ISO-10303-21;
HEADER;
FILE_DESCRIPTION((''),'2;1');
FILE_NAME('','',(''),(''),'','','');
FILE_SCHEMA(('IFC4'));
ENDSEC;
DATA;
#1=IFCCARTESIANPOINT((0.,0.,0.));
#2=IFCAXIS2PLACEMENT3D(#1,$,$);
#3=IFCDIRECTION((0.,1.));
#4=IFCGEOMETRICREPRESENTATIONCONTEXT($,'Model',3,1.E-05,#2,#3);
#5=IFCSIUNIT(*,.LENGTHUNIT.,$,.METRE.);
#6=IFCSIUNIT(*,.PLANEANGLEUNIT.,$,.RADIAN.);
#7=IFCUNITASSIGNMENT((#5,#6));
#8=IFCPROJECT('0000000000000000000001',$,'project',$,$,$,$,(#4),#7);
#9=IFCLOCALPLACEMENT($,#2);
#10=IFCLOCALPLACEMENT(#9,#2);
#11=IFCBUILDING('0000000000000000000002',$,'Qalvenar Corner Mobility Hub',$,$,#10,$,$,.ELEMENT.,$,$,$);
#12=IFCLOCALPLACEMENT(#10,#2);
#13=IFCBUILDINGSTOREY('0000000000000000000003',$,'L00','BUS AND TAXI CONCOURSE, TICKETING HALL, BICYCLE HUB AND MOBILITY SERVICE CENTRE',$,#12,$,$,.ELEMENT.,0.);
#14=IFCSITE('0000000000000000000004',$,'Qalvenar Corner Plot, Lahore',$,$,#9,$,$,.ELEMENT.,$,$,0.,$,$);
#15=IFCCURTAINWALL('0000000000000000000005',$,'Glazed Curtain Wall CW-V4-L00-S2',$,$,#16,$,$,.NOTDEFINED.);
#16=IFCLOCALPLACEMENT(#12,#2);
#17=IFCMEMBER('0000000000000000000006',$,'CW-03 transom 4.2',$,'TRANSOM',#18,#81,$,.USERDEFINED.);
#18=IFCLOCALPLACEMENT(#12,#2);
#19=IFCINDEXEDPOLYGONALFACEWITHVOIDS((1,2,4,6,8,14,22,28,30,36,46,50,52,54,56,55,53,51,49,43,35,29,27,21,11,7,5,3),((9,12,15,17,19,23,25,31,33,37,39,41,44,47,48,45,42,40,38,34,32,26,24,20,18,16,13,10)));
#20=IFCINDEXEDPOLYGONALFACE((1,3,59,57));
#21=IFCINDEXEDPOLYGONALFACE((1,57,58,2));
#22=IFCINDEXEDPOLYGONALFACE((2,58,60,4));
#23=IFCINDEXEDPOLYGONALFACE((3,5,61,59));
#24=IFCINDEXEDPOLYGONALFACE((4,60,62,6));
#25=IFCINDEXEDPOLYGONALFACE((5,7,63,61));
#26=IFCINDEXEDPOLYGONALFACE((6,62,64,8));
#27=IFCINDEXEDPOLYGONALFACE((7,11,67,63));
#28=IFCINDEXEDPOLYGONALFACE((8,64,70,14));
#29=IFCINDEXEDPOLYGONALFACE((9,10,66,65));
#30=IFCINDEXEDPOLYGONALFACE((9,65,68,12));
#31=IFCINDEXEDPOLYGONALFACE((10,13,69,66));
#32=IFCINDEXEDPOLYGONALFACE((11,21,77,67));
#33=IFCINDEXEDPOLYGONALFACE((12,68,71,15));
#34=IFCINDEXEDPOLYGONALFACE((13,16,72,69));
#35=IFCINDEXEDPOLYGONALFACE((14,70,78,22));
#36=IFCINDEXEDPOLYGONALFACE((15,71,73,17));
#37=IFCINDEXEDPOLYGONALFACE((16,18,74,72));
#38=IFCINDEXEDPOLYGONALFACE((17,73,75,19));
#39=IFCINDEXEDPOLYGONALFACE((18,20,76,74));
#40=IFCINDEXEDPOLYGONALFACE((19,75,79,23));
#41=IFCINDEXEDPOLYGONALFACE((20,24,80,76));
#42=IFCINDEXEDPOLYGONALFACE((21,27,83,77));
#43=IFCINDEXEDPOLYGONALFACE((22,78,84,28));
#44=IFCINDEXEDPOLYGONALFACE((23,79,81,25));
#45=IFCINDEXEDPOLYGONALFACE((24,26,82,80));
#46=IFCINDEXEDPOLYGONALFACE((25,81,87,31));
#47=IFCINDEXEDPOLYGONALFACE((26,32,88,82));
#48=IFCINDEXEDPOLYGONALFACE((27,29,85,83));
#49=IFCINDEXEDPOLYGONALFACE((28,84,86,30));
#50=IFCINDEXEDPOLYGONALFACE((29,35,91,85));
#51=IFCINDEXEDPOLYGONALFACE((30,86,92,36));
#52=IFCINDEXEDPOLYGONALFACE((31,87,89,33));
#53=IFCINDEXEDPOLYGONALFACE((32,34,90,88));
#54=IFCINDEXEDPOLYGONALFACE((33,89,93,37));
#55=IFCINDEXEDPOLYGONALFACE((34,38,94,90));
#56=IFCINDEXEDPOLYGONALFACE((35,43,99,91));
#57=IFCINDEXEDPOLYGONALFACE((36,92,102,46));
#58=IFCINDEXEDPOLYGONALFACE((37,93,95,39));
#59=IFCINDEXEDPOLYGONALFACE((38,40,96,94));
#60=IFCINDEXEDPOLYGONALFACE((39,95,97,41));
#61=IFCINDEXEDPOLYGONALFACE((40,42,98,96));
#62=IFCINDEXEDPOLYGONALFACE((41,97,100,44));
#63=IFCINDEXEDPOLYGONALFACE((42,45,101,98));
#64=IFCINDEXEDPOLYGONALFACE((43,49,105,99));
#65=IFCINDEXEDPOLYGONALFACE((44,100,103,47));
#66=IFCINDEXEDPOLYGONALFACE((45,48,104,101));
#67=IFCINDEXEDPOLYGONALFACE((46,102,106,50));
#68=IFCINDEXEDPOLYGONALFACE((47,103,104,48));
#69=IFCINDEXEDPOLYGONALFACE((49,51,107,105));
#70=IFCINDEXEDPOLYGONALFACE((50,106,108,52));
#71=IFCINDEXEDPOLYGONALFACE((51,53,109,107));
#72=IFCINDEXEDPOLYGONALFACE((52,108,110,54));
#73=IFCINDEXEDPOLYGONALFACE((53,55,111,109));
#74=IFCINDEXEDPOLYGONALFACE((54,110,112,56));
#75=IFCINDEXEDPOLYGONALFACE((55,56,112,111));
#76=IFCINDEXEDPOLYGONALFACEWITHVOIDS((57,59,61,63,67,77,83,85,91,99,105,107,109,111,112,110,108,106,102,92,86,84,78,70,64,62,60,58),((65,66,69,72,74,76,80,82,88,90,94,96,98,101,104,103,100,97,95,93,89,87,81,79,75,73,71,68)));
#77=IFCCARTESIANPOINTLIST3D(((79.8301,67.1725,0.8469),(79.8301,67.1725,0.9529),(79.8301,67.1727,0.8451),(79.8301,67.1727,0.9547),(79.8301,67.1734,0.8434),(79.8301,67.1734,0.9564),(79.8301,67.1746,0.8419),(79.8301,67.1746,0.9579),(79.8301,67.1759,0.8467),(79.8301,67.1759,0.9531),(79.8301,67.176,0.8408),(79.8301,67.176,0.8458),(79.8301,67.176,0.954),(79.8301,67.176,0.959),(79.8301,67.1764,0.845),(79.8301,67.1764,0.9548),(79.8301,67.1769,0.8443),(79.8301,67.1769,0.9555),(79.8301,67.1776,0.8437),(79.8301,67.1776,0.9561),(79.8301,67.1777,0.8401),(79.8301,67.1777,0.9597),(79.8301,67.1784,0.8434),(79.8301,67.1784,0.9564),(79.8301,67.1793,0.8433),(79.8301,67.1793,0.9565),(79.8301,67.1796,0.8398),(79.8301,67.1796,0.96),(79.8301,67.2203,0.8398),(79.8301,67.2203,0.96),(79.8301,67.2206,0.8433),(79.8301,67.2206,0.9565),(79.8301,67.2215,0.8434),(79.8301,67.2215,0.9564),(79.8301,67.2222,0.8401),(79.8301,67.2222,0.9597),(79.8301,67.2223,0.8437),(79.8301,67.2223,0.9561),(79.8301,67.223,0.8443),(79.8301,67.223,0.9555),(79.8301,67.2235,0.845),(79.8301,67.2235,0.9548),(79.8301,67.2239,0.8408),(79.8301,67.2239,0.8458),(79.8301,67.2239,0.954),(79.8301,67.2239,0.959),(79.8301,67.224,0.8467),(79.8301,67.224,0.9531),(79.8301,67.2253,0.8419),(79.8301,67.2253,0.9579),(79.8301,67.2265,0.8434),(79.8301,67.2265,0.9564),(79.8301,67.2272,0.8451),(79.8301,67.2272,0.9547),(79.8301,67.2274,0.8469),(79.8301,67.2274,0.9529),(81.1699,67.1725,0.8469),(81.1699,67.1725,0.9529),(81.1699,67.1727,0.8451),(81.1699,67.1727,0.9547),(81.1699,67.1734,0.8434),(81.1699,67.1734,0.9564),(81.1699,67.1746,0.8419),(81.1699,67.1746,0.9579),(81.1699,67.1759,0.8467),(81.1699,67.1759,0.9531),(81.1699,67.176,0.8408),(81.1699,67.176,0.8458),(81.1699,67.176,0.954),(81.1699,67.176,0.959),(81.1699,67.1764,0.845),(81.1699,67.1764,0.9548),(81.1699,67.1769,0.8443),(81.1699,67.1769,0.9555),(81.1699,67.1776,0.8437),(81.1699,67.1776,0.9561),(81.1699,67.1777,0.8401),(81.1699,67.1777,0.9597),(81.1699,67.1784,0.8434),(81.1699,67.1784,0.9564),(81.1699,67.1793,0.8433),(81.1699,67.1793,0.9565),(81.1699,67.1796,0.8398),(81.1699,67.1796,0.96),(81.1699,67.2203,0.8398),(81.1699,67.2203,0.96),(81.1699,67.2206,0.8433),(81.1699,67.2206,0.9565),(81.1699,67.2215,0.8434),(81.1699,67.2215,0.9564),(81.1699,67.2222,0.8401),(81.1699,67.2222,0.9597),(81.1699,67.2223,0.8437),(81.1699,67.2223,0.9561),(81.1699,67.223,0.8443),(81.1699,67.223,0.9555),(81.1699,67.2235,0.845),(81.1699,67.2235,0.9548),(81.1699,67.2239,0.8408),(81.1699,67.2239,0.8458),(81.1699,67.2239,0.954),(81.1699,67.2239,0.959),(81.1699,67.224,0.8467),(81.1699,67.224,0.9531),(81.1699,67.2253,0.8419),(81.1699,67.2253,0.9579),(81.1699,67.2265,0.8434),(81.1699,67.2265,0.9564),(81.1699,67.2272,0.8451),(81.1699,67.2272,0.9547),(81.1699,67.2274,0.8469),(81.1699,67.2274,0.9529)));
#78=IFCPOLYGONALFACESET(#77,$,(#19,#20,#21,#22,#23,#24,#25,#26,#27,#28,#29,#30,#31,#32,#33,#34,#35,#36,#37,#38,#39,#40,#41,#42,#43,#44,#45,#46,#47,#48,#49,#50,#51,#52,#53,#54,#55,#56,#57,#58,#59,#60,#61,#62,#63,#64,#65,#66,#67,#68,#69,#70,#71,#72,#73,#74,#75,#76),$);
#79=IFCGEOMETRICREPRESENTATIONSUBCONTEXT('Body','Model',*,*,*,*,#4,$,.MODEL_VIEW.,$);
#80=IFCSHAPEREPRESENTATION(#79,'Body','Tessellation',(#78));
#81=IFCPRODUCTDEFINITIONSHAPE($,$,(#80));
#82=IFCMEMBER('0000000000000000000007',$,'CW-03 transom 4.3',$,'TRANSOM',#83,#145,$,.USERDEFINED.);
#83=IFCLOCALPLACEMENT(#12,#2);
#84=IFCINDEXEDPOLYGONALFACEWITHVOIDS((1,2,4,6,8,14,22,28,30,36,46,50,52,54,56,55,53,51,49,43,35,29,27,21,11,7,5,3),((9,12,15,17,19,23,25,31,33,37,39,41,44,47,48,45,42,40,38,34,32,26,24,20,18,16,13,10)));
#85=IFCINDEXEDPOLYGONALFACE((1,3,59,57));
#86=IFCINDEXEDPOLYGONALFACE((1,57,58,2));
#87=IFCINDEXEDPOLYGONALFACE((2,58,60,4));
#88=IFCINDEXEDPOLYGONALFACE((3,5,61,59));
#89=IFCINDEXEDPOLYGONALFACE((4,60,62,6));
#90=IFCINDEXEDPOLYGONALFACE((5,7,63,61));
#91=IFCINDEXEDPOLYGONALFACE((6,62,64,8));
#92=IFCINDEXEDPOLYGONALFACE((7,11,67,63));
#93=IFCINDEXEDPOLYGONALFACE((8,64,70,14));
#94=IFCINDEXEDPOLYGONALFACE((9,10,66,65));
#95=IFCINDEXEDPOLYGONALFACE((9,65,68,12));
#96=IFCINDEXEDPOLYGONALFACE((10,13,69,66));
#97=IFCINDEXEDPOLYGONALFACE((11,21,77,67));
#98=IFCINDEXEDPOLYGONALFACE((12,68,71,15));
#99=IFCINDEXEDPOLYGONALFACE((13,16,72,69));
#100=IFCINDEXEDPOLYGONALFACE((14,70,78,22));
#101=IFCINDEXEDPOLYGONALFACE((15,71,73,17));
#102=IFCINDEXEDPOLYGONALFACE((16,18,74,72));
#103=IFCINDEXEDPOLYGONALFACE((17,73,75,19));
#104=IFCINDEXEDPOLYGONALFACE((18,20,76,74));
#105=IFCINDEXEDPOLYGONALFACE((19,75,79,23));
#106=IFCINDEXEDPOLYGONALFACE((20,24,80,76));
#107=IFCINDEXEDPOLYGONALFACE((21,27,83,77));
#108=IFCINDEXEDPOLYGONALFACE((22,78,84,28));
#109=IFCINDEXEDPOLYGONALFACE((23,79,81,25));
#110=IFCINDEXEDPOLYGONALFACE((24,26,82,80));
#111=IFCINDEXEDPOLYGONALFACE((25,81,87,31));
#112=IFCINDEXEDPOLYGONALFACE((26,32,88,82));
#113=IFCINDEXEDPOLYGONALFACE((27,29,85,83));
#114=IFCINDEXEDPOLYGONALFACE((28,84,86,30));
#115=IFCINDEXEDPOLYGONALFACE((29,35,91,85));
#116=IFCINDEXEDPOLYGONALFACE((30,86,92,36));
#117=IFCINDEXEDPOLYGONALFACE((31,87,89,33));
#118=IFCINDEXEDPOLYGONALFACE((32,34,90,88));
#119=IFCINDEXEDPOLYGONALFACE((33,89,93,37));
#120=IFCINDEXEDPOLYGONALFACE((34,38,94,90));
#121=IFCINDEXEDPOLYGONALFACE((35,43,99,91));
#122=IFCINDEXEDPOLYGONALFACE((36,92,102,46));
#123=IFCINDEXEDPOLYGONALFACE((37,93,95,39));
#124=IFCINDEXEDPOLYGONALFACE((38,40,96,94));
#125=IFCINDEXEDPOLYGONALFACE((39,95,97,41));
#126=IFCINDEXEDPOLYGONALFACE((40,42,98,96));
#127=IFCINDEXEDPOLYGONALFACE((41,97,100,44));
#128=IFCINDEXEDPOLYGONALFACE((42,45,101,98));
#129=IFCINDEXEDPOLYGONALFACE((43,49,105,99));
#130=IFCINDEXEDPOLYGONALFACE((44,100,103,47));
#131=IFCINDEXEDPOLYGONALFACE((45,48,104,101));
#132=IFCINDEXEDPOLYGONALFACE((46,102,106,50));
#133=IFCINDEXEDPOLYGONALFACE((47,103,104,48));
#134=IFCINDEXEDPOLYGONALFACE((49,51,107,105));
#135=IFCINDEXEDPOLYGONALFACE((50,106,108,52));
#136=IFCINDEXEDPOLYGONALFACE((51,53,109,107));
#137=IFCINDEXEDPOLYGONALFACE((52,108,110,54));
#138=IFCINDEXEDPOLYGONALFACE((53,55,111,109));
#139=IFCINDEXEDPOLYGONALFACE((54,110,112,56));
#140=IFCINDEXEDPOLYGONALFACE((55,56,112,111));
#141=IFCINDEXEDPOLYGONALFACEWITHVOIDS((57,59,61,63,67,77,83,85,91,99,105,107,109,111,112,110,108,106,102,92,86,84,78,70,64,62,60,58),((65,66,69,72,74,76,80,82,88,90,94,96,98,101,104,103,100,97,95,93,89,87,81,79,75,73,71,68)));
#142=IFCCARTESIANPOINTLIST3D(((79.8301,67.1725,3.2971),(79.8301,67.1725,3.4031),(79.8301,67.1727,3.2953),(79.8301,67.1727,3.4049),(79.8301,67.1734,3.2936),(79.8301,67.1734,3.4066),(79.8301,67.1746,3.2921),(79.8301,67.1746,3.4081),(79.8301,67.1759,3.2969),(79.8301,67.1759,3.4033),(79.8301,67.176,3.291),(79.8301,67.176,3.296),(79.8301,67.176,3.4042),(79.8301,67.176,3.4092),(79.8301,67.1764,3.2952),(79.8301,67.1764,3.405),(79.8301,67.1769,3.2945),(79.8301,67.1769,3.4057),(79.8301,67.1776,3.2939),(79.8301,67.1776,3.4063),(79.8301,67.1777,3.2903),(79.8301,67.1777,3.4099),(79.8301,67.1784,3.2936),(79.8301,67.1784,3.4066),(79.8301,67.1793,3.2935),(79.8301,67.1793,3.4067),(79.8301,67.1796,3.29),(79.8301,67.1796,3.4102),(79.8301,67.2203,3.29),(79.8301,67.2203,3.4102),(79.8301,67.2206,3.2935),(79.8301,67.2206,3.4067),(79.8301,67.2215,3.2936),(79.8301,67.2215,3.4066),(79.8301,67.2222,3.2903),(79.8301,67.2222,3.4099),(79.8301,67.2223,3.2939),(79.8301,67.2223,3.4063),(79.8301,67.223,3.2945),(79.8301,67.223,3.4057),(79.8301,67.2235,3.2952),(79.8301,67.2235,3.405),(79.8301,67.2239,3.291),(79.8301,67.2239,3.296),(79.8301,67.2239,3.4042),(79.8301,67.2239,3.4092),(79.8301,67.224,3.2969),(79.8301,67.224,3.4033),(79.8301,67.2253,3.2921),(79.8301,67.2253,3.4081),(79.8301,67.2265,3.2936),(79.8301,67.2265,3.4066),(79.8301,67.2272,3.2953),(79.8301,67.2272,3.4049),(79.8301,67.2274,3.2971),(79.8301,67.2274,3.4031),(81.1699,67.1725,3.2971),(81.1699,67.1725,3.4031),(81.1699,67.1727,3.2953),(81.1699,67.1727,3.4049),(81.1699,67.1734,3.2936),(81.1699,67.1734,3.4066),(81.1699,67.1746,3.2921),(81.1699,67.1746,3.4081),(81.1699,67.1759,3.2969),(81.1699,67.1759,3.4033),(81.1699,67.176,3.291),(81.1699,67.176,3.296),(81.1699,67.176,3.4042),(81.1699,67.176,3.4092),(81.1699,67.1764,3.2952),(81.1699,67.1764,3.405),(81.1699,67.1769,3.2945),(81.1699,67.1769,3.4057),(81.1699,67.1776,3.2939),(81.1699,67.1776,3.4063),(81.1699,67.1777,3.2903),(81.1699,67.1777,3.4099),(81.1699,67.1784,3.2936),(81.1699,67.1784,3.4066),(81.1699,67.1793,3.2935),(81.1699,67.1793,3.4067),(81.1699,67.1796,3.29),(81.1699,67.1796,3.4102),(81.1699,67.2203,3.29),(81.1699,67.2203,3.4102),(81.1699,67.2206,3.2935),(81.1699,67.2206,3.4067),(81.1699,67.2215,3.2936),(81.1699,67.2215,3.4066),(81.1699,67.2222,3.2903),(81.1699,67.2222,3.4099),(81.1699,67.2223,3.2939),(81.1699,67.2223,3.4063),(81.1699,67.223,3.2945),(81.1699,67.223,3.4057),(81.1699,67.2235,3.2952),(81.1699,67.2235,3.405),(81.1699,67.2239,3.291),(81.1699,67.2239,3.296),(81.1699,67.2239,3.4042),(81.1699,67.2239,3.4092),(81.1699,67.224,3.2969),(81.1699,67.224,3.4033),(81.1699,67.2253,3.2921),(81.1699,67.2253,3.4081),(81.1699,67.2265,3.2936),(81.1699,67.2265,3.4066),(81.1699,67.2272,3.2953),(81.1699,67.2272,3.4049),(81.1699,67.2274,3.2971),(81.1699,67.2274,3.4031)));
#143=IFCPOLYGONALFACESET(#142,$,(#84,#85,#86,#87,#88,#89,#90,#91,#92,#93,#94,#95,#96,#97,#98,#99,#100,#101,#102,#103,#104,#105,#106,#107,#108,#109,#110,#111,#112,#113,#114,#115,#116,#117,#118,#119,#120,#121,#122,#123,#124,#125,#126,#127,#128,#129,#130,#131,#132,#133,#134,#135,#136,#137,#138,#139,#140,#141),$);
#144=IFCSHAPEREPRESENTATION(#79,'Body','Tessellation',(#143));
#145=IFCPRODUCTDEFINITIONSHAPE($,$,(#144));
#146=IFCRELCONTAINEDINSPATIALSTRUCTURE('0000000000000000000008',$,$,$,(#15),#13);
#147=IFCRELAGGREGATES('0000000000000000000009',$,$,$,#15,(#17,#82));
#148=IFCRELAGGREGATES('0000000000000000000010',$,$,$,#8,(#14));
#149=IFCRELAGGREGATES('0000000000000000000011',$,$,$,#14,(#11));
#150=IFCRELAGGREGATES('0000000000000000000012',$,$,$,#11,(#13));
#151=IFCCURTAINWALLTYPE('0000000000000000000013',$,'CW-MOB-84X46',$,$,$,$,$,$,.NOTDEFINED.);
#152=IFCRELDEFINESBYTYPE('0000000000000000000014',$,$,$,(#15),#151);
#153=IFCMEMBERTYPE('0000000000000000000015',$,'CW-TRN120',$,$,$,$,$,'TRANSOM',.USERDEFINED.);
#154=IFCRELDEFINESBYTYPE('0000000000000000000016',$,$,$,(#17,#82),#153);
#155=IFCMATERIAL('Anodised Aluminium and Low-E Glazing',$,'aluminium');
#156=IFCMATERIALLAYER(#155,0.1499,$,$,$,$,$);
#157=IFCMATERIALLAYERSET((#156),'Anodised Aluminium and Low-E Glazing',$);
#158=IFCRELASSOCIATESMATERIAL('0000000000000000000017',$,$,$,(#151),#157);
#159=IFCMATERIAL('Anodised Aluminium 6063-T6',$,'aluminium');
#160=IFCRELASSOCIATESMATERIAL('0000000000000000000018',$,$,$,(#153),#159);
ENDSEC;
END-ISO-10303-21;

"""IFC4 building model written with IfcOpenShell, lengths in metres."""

from ifc_helpers import new_model, si_unit, direction, frame, origin, origin_2d, place, context, subcontext, project, spatial, hollow_rectangle, extrude, material, layer, layer_set, material_profile, profile_set, type_object, element, aggregate, save


model = new_model("IFC4")

# Units and contexts
model_context = context("Model", 3, precision=1e-05, world=origin(), true_north=direction((0.0, 1.0)))
body_context = subcontext(model_context, "Body", "Model", "MODEL_VIEW")
ifc_project = project(units=[si_unit("LENGTHUNIT", "METRE"), si_unit("PLANEANGLEUNIT", "RADIAN")], contexts=[model_context])

# Site, building, storey
site_placement = place(None, origin())
site = spatial("IfcSite", under=ifc_project, at=site_placement, Name="Qalvenar Corner Plot, Lahore", CompositionType="ELEMENT", RefElevation=0.0)
building_placement = place(site_placement, origin())
building = spatial("IfcBuilding", under=site, at=building_placement, Name="Qalvenar Corner Mobility Hub", CompositionType="ELEMENT")
storey_placement = place(building_placement, origin())
storey = spatial("IfcBuildingStorey", under=building, at=storey_placement, Name="L00", Description="BUS AND TAXI CONCOURSE, TICKETING HALL, BICYCLE HUB AND MOBILITY SERVICE CENTRE", CompositionType="ELEMENT", Elevation=0.0)

# Curtain wall, members
ifc_material_1 = material(Name="Anodised Aluminium and Low-E Glazing", Category="aluminium")
ifc_layer_1 = layer(ifc_material_1, 0.1499)
ifc_layer_set_1 = layer_set([ifc_layer_1], Name="Anodised Aluminium and Low-E Glazing")
curtain_wall_type = type_object("IfcCurtainWallType", Name="CW-MOB-84X46", PredefinedType="NOTDEFINED", material=ifc_layer_set_1)
curtain_wall_placement = place(storey_placement, origin())
curtain_wall = element("IfcCurtainWall", 1, at=curtain_wall_placement, inside=storey, type_object=curtain_wall_type, Name="Glazed Curtain Wall CW-V4-L00-S2", PredefinedType="NOTDEFINED")
ifc_material_2 = material(Name="Anodised Aluminium 6063-T6", Category="aluminium")
ifc_material_profile_1 = material_profile(ifc_material_2, hollow_rectangle(XDim=0.0549, YDim=0.1201, WallThickness=0.0034, InnerFilletRadius=0.0034, OuterFilletRadius=0.0071, at=origin_2d()), Name="RHS120x55x3.5")
ifc_profile_set_1 = profile_set([ifc_material_profile_1], Name="Anodised Aluminium 6063-T6")
member_type_1 = type_object("IfcMemberType", Name="CW-TRN120", ElementType="TRANSOM", PredefinedType="USERDEFINED", material=ifc_profile_set_1)
member_1_placement = place(storey_placement, frame((79.8301, 67.2, 0.8999), z_axis=(1.0, 0.0, 0.0), x_axis=(0.0, 1.0, 0.0)))
member_1 = element("IfcMember", 2, at=member_1_placement, type_object=member_type_1, Name="CW-03 transom 4.2", ObjectType="TRANSOM", PredefinedType="USERDEFINED", context=body_context, shape_type="SweptSolid", body=[
    extrude(hollow_rectangle(XDim=0.0549, YDim=0.1201, WallThickness=0.0034, InnerFilletRadius=0.0034, OuterFilletRadius=0.0071, at=origin_2d()), origin(), (0.0, 0.0, 1.0), 1.3398),
])
member_2_placement = place(storey_placement, frame((79.8301, 67.2, 3.3501), z_axis=(1.0, 0.0, 0.0), x_axis=(0.0, 1.0, 0.0)))
member_2 = element("IfcMember", 3, at=member_2_placement, type_object=member_type_1, Name="CW-03 transom 4.3", ObjectType="TRANSOM", PredefinedType="USERDEFINED", context=body_context, shape_type="SweptSolid", body=[
    extrude(hollow_rectangle(XDim=0.0549, YDim=0.1201, WallThickness=0.0034, InnerFilletRadius=0.0034, OuterFilletRadius=0.0071, at=origin_2d()), origin(), (0.0, 0.0, 1.0), 1.3398),
])
aggregate(curtain_wall, [member_1, member_2])

save(model, "model.ifc")
